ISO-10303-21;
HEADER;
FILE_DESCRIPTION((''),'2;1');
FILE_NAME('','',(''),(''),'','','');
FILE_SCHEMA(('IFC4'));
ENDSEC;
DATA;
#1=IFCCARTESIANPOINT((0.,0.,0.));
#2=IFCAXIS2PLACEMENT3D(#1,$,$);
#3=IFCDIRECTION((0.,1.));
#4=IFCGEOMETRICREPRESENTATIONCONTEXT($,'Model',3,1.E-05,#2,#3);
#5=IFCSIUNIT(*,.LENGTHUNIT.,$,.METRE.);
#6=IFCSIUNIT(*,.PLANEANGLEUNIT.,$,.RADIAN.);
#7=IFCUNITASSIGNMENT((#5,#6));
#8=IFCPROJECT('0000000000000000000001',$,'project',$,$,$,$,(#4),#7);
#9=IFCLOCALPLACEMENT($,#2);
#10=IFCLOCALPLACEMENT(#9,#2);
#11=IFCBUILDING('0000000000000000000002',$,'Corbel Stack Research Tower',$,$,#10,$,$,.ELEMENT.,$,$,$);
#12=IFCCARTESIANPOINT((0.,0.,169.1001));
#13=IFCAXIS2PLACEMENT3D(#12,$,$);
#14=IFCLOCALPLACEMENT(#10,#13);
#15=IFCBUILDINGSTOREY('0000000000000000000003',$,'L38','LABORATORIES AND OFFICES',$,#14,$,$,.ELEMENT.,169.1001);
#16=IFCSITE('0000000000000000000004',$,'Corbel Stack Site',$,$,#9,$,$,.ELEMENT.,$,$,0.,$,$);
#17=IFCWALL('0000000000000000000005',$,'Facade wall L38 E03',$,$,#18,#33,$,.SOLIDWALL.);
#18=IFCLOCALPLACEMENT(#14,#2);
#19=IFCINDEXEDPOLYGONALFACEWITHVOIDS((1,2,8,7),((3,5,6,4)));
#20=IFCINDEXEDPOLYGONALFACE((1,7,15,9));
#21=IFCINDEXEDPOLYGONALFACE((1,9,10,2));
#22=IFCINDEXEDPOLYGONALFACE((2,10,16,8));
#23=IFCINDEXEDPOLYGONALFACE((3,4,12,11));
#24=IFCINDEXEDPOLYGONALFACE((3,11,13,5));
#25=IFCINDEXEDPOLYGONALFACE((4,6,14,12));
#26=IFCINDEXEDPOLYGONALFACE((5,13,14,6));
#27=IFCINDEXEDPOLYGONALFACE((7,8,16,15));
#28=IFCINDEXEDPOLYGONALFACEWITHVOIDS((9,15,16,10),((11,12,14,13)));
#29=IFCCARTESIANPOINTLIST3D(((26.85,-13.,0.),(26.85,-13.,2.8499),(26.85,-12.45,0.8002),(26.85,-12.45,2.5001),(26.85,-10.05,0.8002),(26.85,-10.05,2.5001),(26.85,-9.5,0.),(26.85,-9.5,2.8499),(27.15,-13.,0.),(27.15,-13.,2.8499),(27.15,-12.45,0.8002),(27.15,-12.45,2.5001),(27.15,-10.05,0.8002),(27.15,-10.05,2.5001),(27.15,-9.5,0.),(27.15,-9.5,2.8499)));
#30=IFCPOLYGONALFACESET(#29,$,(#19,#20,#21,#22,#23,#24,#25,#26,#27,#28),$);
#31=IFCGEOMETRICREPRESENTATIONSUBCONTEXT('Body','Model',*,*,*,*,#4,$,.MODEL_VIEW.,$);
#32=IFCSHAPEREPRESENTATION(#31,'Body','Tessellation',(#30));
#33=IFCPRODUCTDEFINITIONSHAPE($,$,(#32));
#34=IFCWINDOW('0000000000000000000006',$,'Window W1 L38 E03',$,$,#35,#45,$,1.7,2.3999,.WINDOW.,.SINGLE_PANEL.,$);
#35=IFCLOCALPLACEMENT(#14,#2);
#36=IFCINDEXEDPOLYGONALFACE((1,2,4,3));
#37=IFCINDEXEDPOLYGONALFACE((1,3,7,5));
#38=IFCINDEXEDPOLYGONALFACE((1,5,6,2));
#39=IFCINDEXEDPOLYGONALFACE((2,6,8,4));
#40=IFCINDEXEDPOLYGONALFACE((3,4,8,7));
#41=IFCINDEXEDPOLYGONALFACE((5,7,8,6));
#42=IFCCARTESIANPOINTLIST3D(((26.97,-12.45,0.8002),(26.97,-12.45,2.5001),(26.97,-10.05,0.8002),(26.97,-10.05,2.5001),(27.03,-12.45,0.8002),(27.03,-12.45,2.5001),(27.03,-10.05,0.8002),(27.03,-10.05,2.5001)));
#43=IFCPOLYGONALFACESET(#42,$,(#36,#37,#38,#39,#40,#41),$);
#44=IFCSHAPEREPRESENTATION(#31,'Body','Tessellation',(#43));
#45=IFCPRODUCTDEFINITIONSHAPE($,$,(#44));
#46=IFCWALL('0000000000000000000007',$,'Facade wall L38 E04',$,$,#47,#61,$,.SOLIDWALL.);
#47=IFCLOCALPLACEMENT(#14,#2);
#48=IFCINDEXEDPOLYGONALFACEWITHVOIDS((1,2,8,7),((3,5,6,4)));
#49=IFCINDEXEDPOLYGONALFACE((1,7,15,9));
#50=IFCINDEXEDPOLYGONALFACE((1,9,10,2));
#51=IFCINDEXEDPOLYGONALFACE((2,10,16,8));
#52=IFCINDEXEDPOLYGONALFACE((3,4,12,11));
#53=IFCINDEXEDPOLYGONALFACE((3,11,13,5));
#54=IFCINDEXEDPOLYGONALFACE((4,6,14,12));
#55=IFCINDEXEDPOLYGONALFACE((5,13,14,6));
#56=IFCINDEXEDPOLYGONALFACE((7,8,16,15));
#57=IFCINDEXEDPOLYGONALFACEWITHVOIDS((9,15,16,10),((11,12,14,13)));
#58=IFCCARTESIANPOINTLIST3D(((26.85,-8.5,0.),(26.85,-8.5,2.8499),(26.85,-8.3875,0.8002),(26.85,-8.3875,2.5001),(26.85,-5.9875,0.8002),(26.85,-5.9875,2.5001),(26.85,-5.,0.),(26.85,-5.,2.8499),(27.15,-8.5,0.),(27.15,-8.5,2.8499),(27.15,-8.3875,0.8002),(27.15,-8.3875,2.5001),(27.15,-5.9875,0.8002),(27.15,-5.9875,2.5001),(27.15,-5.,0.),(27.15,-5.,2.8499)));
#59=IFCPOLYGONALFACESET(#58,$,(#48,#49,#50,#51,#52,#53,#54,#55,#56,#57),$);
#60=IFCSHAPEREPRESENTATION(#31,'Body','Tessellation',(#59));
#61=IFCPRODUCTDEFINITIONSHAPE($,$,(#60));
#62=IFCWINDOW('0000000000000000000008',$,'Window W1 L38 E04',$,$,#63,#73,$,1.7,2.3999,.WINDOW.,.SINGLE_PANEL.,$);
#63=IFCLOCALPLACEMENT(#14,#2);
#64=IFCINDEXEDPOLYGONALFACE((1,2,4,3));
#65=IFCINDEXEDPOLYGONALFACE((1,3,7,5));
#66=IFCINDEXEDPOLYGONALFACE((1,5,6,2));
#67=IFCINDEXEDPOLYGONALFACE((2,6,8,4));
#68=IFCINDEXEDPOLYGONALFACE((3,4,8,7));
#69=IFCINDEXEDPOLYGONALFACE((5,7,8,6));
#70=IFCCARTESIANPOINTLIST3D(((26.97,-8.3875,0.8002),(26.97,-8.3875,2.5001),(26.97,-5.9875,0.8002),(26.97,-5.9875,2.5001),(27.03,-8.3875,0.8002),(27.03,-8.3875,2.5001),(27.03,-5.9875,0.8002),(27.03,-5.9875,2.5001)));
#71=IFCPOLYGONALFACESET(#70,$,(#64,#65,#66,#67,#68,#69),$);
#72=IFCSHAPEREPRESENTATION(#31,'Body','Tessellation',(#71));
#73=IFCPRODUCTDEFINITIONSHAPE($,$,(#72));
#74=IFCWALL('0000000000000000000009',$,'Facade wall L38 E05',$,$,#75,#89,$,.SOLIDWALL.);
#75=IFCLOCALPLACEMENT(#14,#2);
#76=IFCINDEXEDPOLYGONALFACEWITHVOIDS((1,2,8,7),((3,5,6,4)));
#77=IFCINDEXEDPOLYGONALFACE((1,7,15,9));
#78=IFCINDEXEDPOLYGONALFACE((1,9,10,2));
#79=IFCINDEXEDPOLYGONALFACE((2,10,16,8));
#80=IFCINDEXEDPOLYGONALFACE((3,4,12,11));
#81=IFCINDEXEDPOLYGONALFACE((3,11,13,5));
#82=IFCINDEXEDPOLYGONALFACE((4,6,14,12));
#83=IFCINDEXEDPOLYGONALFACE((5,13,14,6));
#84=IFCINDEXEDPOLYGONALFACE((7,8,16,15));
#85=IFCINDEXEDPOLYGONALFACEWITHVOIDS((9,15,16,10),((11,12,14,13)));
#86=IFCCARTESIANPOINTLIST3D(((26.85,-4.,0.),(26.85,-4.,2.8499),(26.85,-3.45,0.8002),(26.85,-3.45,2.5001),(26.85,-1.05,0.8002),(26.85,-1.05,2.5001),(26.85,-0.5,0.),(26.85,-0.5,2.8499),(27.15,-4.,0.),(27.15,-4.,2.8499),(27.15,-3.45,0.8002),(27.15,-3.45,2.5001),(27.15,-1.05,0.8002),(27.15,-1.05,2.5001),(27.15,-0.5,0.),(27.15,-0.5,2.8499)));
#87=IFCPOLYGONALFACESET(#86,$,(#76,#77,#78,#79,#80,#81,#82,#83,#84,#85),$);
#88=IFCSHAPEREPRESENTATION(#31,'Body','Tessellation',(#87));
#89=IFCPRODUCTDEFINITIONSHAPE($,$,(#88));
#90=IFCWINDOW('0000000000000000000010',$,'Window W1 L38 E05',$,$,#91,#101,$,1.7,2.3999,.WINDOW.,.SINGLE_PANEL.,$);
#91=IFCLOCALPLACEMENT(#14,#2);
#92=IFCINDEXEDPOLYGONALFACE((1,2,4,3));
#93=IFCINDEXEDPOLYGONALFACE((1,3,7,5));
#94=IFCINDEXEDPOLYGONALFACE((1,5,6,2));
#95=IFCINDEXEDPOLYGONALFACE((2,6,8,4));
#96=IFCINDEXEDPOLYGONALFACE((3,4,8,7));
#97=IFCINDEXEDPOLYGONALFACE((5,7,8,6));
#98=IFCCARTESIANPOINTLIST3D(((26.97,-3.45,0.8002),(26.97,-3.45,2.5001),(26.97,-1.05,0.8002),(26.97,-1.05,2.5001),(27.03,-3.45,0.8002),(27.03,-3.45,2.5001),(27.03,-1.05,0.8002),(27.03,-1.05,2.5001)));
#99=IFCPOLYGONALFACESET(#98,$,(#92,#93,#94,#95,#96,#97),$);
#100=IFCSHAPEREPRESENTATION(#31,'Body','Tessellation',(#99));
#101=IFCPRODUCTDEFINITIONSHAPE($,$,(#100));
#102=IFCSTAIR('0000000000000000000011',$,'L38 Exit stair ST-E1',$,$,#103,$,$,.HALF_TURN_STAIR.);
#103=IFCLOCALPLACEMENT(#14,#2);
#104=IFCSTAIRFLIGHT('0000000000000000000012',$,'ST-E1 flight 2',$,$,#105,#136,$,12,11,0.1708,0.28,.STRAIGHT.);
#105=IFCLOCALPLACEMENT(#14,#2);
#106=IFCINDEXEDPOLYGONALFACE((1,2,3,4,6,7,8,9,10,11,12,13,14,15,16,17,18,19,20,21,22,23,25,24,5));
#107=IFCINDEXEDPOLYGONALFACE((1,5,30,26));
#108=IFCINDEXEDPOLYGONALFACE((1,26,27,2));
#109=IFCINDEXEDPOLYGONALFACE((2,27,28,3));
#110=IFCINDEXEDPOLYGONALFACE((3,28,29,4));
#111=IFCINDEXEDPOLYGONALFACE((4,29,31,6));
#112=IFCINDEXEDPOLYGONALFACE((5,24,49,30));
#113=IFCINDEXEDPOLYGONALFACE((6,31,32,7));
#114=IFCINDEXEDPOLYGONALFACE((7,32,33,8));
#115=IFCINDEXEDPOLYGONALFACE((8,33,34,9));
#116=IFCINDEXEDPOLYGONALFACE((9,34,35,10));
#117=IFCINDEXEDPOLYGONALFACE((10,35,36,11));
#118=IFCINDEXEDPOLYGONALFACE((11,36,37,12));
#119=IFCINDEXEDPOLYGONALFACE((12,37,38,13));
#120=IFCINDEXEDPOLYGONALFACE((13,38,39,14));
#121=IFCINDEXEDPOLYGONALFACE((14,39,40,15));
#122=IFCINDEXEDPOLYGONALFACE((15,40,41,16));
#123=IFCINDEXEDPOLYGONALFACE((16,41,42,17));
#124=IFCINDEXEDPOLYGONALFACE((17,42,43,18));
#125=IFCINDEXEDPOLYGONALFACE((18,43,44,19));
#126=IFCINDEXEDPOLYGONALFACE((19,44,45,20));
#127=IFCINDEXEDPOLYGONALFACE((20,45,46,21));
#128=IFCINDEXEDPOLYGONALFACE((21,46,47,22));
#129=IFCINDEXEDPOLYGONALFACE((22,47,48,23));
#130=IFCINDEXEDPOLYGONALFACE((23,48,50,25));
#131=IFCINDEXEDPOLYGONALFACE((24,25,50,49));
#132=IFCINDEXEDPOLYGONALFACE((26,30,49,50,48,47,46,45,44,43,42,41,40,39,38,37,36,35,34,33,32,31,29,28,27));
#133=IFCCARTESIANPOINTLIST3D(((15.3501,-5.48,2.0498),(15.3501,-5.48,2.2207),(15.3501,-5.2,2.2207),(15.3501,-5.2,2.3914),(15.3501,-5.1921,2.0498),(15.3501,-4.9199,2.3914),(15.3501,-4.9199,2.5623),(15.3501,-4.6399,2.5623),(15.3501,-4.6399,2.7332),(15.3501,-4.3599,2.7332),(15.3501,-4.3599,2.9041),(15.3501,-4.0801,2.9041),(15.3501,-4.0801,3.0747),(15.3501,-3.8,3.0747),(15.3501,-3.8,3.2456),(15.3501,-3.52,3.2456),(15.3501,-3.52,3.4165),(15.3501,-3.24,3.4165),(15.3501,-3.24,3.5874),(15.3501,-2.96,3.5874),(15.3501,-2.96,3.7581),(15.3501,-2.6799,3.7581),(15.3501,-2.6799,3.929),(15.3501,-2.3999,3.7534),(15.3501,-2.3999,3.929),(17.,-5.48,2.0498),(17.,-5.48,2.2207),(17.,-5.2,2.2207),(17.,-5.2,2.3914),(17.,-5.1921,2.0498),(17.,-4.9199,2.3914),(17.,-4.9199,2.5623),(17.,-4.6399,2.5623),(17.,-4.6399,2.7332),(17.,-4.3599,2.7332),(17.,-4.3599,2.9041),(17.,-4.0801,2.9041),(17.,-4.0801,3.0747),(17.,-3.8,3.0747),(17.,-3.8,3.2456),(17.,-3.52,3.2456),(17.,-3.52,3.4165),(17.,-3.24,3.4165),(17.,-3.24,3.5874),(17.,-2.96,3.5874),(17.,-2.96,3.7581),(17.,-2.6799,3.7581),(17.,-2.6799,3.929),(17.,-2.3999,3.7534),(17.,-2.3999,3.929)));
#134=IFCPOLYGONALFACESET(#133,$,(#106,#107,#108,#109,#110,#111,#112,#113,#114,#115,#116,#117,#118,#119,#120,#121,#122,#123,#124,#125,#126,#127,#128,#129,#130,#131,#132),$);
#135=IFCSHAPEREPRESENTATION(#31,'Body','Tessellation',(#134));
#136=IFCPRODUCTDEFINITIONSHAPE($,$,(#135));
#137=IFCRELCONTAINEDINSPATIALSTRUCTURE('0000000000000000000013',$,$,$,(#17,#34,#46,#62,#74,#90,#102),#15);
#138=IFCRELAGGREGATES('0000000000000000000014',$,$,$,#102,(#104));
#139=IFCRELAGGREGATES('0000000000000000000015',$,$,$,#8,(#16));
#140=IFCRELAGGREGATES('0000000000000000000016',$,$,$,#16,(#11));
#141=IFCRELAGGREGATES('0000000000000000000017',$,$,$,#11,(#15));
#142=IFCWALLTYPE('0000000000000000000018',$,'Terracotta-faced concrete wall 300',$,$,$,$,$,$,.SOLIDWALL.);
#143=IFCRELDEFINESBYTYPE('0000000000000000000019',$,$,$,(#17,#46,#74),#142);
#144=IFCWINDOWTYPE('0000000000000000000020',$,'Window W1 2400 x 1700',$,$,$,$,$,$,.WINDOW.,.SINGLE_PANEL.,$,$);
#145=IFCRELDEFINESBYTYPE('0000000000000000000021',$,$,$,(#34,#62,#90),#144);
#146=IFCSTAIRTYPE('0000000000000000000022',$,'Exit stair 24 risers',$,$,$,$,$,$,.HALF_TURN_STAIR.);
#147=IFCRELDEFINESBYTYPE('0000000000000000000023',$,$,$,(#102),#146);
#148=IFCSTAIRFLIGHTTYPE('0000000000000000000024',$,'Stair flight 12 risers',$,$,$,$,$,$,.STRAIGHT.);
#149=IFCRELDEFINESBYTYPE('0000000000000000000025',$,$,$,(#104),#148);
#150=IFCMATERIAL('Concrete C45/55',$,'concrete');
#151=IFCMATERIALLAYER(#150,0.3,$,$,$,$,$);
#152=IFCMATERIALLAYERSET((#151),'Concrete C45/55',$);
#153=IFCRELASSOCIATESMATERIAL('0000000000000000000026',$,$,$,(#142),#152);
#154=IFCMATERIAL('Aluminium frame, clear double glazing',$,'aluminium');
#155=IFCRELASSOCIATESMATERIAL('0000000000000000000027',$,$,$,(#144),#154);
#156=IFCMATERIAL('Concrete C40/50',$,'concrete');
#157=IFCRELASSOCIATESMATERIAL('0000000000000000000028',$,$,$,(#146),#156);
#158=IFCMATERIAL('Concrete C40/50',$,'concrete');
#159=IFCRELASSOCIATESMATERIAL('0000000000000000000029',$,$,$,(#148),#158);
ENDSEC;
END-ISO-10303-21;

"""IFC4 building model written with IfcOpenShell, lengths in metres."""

from ifc_helpers import new_model, si_unit, direction, frame, frame_2d, origin, place, context, subcontext, project, spatial, polyline, rectangle, outline, extrude, material, layer, layer_set, type_object, element, fill, aggregate, save


model = new_model("IFC4")

# Units and contexts
model_context = context("Model", 3, precision=1e-05, world=origin(), true_north=direction((0.0, 1.0)))
body_context = subcontext(model_context, "Body", "Model", "MODEL_VIEW")
ifc_project = project(units=[si_unit("LENGTHUNIT", "METRE"), si_unit("PLANEANGLEUNIT", "RADIAN")], contexts=[model_context])

# Site, building, storey
site_placement = place(None, origin())
site = spatial("IfcSite", under=ifc_project, at=site_placement, Name="Corbel Stack Site", CompositionType="ELEMENT", RefElevation=0.0)
building_placement = place(site_placement, origin())
building = spatial("IfcBuilding", under=site, at=building_placement, Name="Corbel Stack Research Tower", CompositionType="ELEMENT")
storey_placement = place(building_placement, frame((0.0, 0.0, 169.1001)))
storey = spatial("IfcBuildingStorey", under=building, at=storey_placement, Name="L38", Description="LABORATORIES AND OFFICES", CompositionType="ELEMENT", Elevation=169.1001)

# Walls, openings, windows
ifc_material_1 = material(Name="Concrete C45/55", Category="concrete")
ifc_layer_1 = layer(ifc_material_1, 0.3)
ifc_layer_set_1 = layer_set([ifc_layer_1], Name="Concrete C45/55")
wall_type_1 = type_object("IfcWallType", Name="Terracotta-faced concrete wall 300", PredefinedType="SOLIDWALL", material=ifc_layer_set_1)
wall_1_placement = place(storey_placement, frame((27.0, -9.5, 0.0), z_axis=(0.0, 0.0, 1.0), x_axis=(0.0, -1.0, 0.0)))
wall_1 = element("IfcWall", 1, at=wall_1_placement, inside=storey, type_object=wall_type_1, Name="Facade wall L38 E03", PredefinedType="SOLIDWALL", context=body_context, shape_type="SweptSolid", body=[
    extrude(rectangle(XDim=3.5, YDim=0.3, at=frame_2d((1.75, 0.0))), origin(), (0.0, 0.0, 1.0), 2.8499),
])
opening_1_placement = place(wall_1_placement, frame((0.55, 0.0, 0.8)))
opening_1 = element("IfcOpeningElement", 2, at=opening_1_placement, cuts=wall_1, PredefinedType="OPENING", context=body_context, shape_type="SweptSolid", body=[
    extrude(rectangle(XDim=2.3999, YDim=1.7, at=frame_2d((1.2, 0.8501))), frame((0.0, 0.1599, 0.0), z_axis=(0.0, -1.0, 0.0), x_axis=(1.0, 0.0, 0.0)), (0.0, 0.0, 1.0), 0.3201),
])
ifc_material_2 = material(Name="Aluminium frame, clear double glazing", Category="aluminium")
window_type = type_object("IfcWindowType", Name="Window W1 2400 x 1700", PartitioningType="SINGLE_PANEL", PredefinedType="WINDOW", material=ifc_material_2)
window_1_placement = place(opening_1_placement, origin())
window_1 = element("IfcWindow", 3, at=window_1_placement, inside=storey, type_object=window_type, Name="Window W1 L38 E03", OverallHeight=1.7, OverallWidth=2.3999, PartitioningType="SINGLE_PANEL", PredefinedType="WINDOW", context=body_context, shape_type="SweptSolid", body=[
    extrude(rectangle(XDim=2.3999, YDim=1.7, at=frame_2d((1.2, 0.8501))), frame((0.0, 0.03, 0.0), z_axis=(0.0, -1.0, 0.0), x_axis=(1.0, 0.0, 0.0)), (0.0, 0.0, 1.0), 0.0601),
])
fill(opening_1, window_1)
wall_2_placement = place(storey_placement, frame((27.0, -5.0, 0.0), z_axis=(0.0, 0.0, 1.0), x_axis=(0.0, -1.0, 0.0)))
wall_2 = element("IfcWall", 4, at=wall_2_placement, inside=storey, type_object=wall_type_1, Name="Facade wall L38 E04", PredefinedType="SOLIDWALL", context=body_context, shape_type="SweptSolid", body=[
    extrude(rectangle(XDim=3.5, YDim=0.3, at=frame_2d((1.75, 0.0))), origin(), (0.0, 0.0, 1.0), 2.8499),
])
opening_2_placement = place(wall_2_placement, frame((0.9875, 0.0, 0.8)))
opening_2 = element("IfcOpeningElement", 5, at=opening_2_placement, cuts=wall_2, PredefinedType="OPENING", context=body_context, shape_type="SweptSolid", body=[
    extrude(rectangle(XDim=2.3999, YDim=1.7, at=frame_2d((1.2, 0.8501))), frame((0.0, 0.1599, 0.0), z_axis=(0.0, -1.0, 0.0), x_axis=(1.0, 0.0, 0.0)), (0.0, 0.0, 1.0), 0.3201),
])
window_2_placement = place(opening_2_placement, origin())
window_2 = element("IfcWindow", 6, at=window_2_placement, inside=storey, type_object=window_type, Name="Window W1 L38 E04", OverallHeight=1.7, OverallWidth=2.3999, PartitioningType="SINGLE_PANEL", PredefinedType="WINDOW", context=body_context, shape_type="SweptSolid", body=[
    extrude(rectangle(XDim=2.3999, YDim=1.7, at=frame_2d((1.2, 0.8501))), frame((0.0, 0.03, 0.0), z_axis=(0.0, -1.0, 0.0), x_axis=(1.0, 0.0, 0.0)), (0.0, 0.0, 1.0), 0.0601),
])
fill(opening_2, window_2)
wall_3_placement = place(storey_placement, frame((27.0, -0.5, 0.0), z_axis=(0.0, 0.0, 1.0), x_axis=(0.0, -1.0, 0.0)))
wall_3 = element("IfcWall", 7, at=wall_3_placement, inside=storey, type_object=wall_type_1, Name="Facade wall L38 E05", PredefinedType="SOLIDWALL", context=body_context, shape_type="SweptSolid", body=[
    extrude(rectangle(XDim=3.5, YDim=0.3, at=frame_2d((1.75, 0.0))), origin(), (0.0, 0.0, 1.0), 2.8499),
])
opening_3_placement = place(wall_3_placement, frame((0.55, 0.0, 0.8)))
opening_3 = element("IfcOpeningElement", 8, at=opening_3_placement, cuts=wall_3, PredefinedType="OPENING", context=body_context, shape_type="SweptSolid", body=[
    extrude(rectangle(XDim=2.3999, YDim=1.7, at=frame_2d((1.2, 0.8501))), frame((0.0, 0.1599, 0.0), z_axis=(0.0, -1.0, 0.0), x_axis=(1.0, 0.0, 0.0)), (0.0, 0.0, 1.0), 0.3201),
])
window_3_placement = place(opening_3_placement, origin())
window_3 = element("IfcWindow", 9, at=window_3_placement, inside=storey, type_object=window_type, Name="Window W1 L38 E05", OverallHeight=1.7, OverallWidth=2.3999, PartitioningType="SINGLE_PANEL", PredefinedType="WINDOW", context=body_context, shape_type="SweptSolid", body=[
    extrude(rectangle(XDim=2.3999, YDim=1.7, at=frame_2d((1.2, 0.8501))), frame((0.0, 0.03, 0.0), z_axis=(0.0, -1.0, 0.0), x_axis=(1.0, 0.0, 0.0)), (0.0, 0.0, 1.0), 0.0601),
])
fill(opening_3, window_3)

# Stair, stair flight
ifc_material_3 = material(Name="Concrete C40/50", Category="concrete")
stair_type = type_object("IfcStairType", Name="Exit stair 24 risers", PredefinedType="HALF_TURN_STAIR", material=ifc_material_3)
stair_placement = place(storey_placement, origin())
stair = element("IfcStair", 10, at=stair_placement, inside=storey, type_object=stair_type, Name="L38 Exit stair ST-E1", PredefinedType="HALF_TURN_STAIR")
ifc_material_4 = material(Name="Concrete C40/50", Category="concrete")
stair_flight_type = type_object("IfcStairFlightType", Name="Stair flight 12 risers", PredefinedType="STRAIGHT", material=ifc_material_4)
stair_flight_placement = place(storey_placement, frame((16.175, -5.48, 2.0498), z_axis=(0.0, 0.0, 1.0), x_axis=(0.0, 1.0, 0.0)))
stair_flight = element("IfcStairFlight", 11, at=stair_flight_placement, type_object=stair_flight_type, Name="ST-E1 flight 2", NumberOfRisers=12, NumberOfTreads=11, PredefinedType="STRAIGHT", RiserHeight=0.1708, TreadLength=0.28, context=body_context, shape_type="SweptSolid", body=[
    extrude(outline(polyline([(0.0, 0.0), (0.0, 0.1709), (0.28, 0.1709), (0.28, 0.3416), (0.5601, 0.3416), (0.5601, 0.5125), (0.8401, 0.5125), (0.8401, 0.6833), (1.1201, 0.6833), (1.1201, 0.8542), (1.3999, 0.8542), (1.3999, 1.0249), (1.6799, 1.0249), (1.6799, 1.1958), (1.96, 1.1958), (1.96, 1.3667), (2.24, 1.3667), (2.24, 1.5376), (2.52, 1.5376), (2.52, 1.7083), (2.8, 1.7083), (2.8, 1.8792), (3.0801, 1.8792), (3.0801, 2.05), (3.0801, 1.7036), (0.2878, 0.0), (0.0, 0.0)])), frame((0.0, 0.825, 0.0), z_axis=(0.0, -1.0, 0.0), x_axis=(1.0, 0.0, 0.0)), (0.0, 0.0, 1.0), 1.6499),
])
aggregate(stair, [stair_flight])

save(model, "model.ifc")
